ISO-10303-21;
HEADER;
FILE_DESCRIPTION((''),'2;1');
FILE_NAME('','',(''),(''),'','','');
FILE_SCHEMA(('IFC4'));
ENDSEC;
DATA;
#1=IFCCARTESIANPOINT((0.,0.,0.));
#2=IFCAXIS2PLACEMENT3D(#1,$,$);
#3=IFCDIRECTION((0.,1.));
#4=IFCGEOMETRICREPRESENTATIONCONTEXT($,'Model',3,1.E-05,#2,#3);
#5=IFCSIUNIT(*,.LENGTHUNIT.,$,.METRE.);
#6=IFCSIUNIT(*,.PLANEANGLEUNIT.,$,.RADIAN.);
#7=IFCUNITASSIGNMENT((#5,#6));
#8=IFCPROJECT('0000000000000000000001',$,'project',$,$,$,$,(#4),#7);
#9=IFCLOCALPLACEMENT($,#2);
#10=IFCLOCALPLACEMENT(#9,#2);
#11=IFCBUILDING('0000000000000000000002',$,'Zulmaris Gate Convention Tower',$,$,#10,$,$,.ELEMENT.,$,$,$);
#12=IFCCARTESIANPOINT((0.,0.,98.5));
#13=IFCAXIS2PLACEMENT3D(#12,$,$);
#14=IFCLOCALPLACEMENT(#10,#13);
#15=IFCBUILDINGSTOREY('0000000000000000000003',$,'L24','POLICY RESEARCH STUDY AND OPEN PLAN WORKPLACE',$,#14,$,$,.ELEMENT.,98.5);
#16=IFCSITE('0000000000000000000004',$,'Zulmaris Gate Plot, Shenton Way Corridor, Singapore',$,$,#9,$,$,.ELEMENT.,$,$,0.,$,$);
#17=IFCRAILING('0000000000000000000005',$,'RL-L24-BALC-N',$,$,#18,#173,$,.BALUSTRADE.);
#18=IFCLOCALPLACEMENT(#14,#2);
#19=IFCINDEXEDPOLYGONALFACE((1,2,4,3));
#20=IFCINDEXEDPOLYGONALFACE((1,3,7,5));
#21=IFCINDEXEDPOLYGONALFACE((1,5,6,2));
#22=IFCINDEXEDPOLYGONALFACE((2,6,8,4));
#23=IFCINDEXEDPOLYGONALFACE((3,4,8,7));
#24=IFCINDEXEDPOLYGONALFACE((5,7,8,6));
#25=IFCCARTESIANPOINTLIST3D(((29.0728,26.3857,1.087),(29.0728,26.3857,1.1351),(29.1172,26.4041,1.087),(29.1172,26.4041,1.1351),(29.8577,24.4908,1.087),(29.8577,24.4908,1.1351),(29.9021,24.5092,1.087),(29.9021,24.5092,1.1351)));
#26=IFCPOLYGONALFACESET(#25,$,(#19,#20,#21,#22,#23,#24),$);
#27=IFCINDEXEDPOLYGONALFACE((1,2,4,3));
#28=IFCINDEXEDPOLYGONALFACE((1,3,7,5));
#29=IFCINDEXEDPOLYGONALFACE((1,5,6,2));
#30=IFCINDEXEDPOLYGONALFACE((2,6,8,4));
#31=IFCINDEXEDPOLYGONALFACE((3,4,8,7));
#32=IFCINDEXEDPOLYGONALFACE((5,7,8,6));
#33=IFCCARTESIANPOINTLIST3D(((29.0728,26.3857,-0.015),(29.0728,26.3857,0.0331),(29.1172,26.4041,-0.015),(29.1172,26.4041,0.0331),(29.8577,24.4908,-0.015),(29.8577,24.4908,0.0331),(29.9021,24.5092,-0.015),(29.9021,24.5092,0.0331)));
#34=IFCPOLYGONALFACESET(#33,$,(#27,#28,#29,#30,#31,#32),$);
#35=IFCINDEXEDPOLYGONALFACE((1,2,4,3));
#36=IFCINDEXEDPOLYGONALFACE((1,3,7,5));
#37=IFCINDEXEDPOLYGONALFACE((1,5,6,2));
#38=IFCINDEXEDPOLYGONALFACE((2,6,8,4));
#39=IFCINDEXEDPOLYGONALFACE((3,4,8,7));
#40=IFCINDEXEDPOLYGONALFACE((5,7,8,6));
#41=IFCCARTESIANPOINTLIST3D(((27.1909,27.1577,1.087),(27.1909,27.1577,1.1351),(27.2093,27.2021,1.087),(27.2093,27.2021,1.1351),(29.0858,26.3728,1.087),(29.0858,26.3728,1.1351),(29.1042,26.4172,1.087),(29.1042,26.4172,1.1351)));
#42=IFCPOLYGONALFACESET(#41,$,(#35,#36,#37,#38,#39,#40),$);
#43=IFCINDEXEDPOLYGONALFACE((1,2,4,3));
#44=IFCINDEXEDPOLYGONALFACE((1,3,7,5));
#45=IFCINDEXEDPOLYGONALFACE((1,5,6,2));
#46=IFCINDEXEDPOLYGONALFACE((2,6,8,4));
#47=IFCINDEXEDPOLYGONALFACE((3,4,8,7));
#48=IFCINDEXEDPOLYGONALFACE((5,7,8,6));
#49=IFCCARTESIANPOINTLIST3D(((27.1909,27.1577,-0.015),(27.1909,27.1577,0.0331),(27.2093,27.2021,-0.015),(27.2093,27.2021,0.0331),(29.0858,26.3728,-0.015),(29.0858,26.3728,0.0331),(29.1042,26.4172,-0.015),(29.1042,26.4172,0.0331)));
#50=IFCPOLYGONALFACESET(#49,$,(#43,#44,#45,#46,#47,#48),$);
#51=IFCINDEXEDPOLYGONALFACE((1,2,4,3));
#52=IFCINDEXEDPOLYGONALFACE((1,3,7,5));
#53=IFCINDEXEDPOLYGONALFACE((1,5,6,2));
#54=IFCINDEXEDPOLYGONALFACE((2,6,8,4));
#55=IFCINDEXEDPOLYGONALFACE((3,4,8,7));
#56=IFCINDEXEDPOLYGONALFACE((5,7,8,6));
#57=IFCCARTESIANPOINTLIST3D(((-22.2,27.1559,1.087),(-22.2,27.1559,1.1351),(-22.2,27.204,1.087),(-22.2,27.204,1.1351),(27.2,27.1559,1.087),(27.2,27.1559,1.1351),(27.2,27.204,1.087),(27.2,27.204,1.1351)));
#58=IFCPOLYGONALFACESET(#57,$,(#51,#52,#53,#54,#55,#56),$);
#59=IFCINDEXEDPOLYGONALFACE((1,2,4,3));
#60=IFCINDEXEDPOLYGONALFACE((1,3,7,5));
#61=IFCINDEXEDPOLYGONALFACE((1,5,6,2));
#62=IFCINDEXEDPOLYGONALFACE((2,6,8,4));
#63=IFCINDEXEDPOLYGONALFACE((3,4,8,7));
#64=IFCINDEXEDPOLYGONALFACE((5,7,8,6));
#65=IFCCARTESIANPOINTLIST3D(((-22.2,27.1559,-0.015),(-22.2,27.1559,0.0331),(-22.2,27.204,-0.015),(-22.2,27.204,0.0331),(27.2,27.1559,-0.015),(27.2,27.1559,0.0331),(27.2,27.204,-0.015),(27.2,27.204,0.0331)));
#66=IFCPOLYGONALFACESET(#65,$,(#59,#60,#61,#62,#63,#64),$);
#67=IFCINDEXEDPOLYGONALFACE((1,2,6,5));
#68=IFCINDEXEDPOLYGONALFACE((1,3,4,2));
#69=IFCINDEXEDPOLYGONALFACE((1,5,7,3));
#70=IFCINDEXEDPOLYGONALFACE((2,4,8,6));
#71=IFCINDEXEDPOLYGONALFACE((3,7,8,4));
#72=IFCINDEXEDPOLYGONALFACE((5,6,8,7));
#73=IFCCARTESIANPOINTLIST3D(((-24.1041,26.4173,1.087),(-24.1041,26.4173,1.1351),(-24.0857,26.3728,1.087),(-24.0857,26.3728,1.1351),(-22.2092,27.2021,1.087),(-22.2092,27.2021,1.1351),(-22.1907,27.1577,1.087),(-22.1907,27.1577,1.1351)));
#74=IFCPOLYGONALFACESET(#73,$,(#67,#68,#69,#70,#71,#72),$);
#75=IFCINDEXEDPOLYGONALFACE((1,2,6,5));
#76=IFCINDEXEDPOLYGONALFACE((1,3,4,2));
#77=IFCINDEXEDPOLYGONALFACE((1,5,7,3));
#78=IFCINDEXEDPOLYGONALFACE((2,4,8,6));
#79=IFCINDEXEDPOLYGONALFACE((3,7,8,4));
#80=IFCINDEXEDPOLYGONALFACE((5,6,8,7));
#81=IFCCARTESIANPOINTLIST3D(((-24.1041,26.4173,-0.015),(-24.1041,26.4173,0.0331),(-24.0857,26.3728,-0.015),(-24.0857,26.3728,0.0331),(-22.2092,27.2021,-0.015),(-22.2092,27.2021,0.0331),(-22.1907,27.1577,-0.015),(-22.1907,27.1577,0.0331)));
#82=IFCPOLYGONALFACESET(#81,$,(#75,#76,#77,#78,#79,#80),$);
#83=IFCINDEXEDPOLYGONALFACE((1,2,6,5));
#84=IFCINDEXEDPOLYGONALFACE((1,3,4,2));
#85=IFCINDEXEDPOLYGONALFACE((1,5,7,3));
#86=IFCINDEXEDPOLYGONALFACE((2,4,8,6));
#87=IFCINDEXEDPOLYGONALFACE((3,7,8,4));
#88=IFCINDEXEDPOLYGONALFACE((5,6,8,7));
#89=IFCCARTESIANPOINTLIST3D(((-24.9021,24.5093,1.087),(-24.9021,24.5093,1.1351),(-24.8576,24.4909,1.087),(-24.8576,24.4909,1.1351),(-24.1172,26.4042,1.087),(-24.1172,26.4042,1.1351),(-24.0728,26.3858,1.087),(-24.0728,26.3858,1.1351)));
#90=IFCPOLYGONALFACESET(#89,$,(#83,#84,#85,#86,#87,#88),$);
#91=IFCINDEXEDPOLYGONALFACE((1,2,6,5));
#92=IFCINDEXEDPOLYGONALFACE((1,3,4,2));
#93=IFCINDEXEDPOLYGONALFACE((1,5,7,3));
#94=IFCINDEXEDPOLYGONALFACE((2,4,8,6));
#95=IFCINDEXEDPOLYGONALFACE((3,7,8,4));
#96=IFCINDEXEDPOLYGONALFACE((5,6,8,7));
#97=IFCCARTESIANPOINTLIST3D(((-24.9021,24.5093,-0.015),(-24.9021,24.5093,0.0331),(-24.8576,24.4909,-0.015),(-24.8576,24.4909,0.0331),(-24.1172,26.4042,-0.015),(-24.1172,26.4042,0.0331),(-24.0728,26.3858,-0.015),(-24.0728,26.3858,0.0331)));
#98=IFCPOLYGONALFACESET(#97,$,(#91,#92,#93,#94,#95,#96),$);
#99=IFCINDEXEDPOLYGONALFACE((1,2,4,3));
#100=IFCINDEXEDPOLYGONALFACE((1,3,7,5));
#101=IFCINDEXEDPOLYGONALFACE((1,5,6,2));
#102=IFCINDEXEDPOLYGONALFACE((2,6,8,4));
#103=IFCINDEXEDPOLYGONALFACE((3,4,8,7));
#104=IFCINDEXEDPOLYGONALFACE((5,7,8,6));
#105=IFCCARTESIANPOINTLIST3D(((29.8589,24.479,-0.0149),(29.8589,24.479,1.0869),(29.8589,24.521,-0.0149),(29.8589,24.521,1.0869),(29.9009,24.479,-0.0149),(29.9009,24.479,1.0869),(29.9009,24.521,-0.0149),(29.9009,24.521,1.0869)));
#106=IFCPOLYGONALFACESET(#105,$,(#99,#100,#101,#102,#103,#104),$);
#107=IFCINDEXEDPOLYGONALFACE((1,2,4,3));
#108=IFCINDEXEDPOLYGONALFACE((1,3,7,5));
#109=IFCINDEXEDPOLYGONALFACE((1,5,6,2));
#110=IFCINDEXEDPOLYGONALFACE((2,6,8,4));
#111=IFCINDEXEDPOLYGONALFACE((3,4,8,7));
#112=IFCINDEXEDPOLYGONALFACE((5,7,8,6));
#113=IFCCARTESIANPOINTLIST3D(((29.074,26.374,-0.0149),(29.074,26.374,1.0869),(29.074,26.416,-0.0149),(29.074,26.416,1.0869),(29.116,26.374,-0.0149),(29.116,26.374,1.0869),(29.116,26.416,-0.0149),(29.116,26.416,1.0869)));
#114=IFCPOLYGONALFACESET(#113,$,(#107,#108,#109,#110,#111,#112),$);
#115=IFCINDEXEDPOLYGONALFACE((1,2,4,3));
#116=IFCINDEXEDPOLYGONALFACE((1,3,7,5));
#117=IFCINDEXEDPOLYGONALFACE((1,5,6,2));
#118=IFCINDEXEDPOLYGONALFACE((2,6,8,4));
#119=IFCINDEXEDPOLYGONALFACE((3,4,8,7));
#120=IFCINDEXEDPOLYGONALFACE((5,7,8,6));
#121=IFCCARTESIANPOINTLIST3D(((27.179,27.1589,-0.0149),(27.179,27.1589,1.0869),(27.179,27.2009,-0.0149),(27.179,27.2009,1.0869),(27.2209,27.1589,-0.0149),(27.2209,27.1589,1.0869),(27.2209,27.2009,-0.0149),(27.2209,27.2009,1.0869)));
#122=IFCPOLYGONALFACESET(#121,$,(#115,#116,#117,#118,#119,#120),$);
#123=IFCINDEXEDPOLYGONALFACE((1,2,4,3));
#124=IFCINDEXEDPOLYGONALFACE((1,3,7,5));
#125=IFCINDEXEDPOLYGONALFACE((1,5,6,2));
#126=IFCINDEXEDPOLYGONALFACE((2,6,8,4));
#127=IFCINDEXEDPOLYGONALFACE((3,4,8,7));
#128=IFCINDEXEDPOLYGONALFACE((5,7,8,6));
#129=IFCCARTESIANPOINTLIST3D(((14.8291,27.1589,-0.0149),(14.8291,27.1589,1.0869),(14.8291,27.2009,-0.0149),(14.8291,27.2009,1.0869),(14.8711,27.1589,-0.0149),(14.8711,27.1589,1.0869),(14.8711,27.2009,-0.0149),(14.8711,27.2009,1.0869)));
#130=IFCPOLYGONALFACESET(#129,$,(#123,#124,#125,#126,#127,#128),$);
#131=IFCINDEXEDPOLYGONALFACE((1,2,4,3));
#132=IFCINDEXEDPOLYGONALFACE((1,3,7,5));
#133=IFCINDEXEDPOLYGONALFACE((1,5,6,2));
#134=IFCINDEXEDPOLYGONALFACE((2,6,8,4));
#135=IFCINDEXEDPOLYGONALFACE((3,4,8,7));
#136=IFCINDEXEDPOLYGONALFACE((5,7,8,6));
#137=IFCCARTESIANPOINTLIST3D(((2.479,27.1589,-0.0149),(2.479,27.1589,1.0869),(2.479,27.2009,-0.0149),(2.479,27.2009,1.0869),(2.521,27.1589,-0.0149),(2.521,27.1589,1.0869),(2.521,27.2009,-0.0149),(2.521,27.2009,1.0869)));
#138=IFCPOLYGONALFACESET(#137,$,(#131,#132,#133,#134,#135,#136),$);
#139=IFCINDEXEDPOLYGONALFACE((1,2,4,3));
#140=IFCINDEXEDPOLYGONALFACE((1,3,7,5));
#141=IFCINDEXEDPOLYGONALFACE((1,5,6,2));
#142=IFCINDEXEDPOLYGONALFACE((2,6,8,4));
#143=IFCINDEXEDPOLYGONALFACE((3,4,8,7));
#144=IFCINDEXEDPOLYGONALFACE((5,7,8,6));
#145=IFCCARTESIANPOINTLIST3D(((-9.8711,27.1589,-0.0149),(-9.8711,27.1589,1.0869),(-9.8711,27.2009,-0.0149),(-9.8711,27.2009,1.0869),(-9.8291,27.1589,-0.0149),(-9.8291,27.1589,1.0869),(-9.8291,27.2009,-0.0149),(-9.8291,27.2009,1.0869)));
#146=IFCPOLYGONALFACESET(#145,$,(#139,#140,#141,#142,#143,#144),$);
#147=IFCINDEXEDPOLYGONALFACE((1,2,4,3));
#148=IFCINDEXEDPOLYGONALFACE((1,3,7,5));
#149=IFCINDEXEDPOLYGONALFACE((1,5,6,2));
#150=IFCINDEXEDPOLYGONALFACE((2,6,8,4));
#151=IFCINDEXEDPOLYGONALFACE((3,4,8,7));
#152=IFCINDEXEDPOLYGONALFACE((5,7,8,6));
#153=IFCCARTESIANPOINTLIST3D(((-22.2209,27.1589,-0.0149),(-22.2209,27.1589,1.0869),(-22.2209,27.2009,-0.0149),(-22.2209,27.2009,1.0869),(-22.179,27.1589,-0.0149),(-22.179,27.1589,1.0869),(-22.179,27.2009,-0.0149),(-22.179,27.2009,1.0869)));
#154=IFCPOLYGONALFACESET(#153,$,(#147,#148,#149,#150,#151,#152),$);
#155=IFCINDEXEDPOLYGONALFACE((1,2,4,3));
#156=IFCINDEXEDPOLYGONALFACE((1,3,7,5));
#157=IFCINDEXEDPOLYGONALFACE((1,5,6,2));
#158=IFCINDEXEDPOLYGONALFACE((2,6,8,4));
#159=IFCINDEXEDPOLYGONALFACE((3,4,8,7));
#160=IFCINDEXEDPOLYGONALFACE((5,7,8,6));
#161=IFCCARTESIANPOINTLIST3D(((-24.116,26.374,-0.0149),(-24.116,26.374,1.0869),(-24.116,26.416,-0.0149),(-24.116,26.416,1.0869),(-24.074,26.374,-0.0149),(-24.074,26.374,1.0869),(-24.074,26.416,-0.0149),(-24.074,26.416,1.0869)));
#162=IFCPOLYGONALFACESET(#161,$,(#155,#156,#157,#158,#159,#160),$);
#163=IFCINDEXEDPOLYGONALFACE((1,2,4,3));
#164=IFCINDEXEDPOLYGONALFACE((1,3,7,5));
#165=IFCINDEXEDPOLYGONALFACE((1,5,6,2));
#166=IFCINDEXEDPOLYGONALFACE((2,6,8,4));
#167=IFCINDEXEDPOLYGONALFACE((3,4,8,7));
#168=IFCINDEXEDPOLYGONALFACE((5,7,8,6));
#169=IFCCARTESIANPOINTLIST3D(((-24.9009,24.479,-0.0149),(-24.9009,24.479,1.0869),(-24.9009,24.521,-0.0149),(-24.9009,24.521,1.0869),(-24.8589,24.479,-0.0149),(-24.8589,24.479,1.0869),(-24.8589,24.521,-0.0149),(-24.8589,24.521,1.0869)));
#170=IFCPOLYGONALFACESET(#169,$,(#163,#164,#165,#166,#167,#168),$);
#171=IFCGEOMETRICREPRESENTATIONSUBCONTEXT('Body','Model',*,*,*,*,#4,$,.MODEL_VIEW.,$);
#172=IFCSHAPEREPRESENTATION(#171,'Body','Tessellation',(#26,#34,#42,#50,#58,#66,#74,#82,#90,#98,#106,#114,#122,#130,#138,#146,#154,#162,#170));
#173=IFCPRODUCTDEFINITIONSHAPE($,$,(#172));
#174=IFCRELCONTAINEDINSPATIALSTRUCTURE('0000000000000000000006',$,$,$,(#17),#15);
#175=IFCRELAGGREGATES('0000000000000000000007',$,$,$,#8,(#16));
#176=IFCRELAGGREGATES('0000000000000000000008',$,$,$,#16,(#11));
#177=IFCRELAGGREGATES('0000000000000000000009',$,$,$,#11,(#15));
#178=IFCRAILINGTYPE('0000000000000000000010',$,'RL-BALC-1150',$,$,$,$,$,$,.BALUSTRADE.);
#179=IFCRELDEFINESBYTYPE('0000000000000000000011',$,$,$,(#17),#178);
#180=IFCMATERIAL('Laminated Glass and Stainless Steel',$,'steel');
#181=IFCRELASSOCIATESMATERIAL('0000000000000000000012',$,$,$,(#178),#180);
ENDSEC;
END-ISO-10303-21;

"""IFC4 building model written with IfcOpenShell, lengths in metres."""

from ifc_helpers import new_model, si_unit, direction, frame, origin, origin_2d, place, context, subcontext, project, spatial, rectangle, extrude, material, type_object, element, save


model = new_model("IFC4")

# Units and contexts
model_context = context("Model", 3, precision=1e-05, world=origin(), true_north=direction((0.0, 1.0)))
body_context = subcontext(model_context, "Body", "Model", "MODEL_VIEW")
ifc_project = project(units=[si_unit("LENGTHUNIT", "METRE"), si_unit("PLANEANGLEUNIT", "RADIAN")], contexts=[model_context])

# Site, building, storey
site_placement = place(None, origin())
site = spatial("IfcSite", under=ifc_project, at=site_placement, Name="Zulmaris Gate Plot, Shenton Way Corridor, Singapore", CompositionType="ELEMENT", RefElevation=0.0)
building_placement = place(site_placement, origin())
building = spatial("IfcBuilding", under=site, at=building_placement, Name="Zulmaris Gate Convention Tower", CompositionType="ELEMENT")
storey_placement = place(building_placement, frame((0.0, 0.0, 98.5)))
storey = spatial("IfcBuildingStorey", under=building, at=storey_placement, Name="L24", Description="POLICY RESEARCH STUDY AND OPEN PLAN WORKPLACE", CompositionType="ELEMENT", Elevation=98.5)

# Railing
ifc_material_1 = material(Name="Laminated Glass and Stainless Steel", Category="steel")
railing_type = type_object("IfcRailingType", Name="RL-BALC-1150", PredefinedType="BALUSTRADE", material=ifc_material_1)
railing_placement = place(storey_placement, frame((29.8799, 24.5, -0.0149)))
element("IfcRailing", 1, at=railing_placement, inside=storey, type_object=railing_type, Name="RL-L24-BALC-N", PredefinedType="BALUSTRADE", context=body_context, shape_type="SweptSolid", body=[
    extrude(rectangle(XDim=0.0481, YDim=0.0481, at=origin_2d()), frame((0.0, 0.0, 1.126), z_axis=(-0.382671, 0.923885, 0.0), x_axis=(-0.923885, -0.382671, 0.0)), (0.0, 0.0, 1.0), 2.051),
    extrude(rectangle(XDim=0.0481, YDim=0.0481, at=origin_2d()), frame((0.0, 0.0, 0.0239), z_axis=(-0.382671, 0.923885, 0.0), x_axis=(-0.923885, -0.382671, 0.0)), (0.0, 0.0, 1.0), 2.051),
    extrude(rectangle(XDim=0.0481, YDim=0.0481, at=origin_2d()), frame((-0.7849, 1.895, 1.126), z_axis=(-0.923885, 0.382671, 0.0), x_axis=(-0.382671, -0.923885, 0.0)), (0.0, 0.0, 1.0), 2.051),
    extrude(rectangle(XDim=0.0481, YDim=0.0481, at=origin_2d()), frame((-0.7849, 1.895, 0.0239), z_axis=(-0.923885, 0.382671, 0.0), x_axis=(-0.382671, -0.923885, 0.0)), (0.0, 0.0, 1.0), 2.051),
    extrude(rectangle(XDim=0.0481, YDim=0.0481, at=origin_2d()), frame((-2.6799, 2.6799, 1.126), z_axis=(-1.0, 0.0, 0.0), x_axis=(0.0, -1.0, 0.0)), (0.0, 0.0, 1.0), 49.3999),
    extrude(rectangle(XDim=0.0481, YDim=0.0481, at=origin_2d()), frame((-2.6799, 2.6799, 0.0239), z_axis=(-1.0, 0.0, 0.0), x_axis=(0.0, -1.0, 0.0)), (0.0, 0.0, 1.0), 49.3999),
    extrude(rectangle(XDim=0.0481, YDim=0.0481, at=origin_2d()), frame((-52.0798, 2.6799, 1.126), z_axis=(-0.923885, -0.382671, 0.0), x_axis=(0.382671, -0.923885, 0.0)), (0.0, 0.0, 1.0), 2.051),
    extrude(rectangle(XDim=0.0481, YDim=0.0481, at=origin_2d()), frame((-52.0798, 2.6799, 0.0239), z_axis=(-0.923885, -0.382671, 0.0), x_axis=(0.382671, -0.923885, 0.0)), (0.0, 0.0, 1.0), 2.051),
    extrude(rectangle(XDim=0.0481, YDim=0.0481, at=origin_2d()), frame((-53.9749, 1.895, 1.126), z_axis=(-0.382671, -0.923885, 0.0), x_axis=(0.923885, -0.382671, 0.0)), (0.0, 0.0, 1.0), 2.051),
    extrude(rectangle(XDim=0.0481, YDim=0.0481, at=origin_2d()), frame((-53.9749, 1.895, 0.0239), z_axis=(-0.382671, -0.923885, 0.0), x_axis=(0.923885, -0.382671, 0.0)), (0.0, 0.0, 1.0), 2.051),
    extrude(rectangle(XDim=0.042, YDim=0.042, at=origin_2d()), origin(), (0.0, 0.0, 1.0), 1.1018),
    extrude(rectangle(XDim=0.042, YDim=0.042, at=origin_2d()), frame((-0.7849, 1.895, 0.0)), (0.0, 0.0, 1.0), 1.1018),
    extrude(rectangle(XDim=0.042, YDim=0.042, at=origin_2d()), frame((-2.6799, 2.6799, 0.0)), (0.0, 0.0, 1.0), 1.1018),
    extrude(rectangle(XDim=0.042, YDim=0.042, at=origin_2d()), frame((-15.0298, 2.6799, 0.0)), (0.0, 0.0, 1.0), 1.1018),
    extrude(rectangle(XDim=0.042, YDim=0.042, at=origin_2d()), frame((-27.3799, 2.6799, 0.0)), (0.0, 0.0, 1.0), 1.1018),
    extrude(rectangle(XDim=0.042, YDim=0.042, at=origin_2d()), frame((-39.73, 2.6799, 0.0)), (0.0, 0.0, 1.0), 1.1018),
    extrude(rectangle(XDim=0.042, YDim=0.042, at=origin_2d()), frame((-52.0798, 2.6799, 0.0)), (0.0, 0.0, 1.0), 1.1018),
    extrude(rectangle(XDim=0.042, YDim=0.042, at=origin_2d()), frame((-53.9749, 1.895, 0.0)), (0.0, 0.0, 1.0), 1.1018),
    extrude(rectangle(XDim=0.042, YDim=0.042, at=origin_2d()), frame((-54.7598, 0.0, 0.0)), (0.0, 0.0, 1.0), 1.1018),
])

save(model, "model.ifc")
